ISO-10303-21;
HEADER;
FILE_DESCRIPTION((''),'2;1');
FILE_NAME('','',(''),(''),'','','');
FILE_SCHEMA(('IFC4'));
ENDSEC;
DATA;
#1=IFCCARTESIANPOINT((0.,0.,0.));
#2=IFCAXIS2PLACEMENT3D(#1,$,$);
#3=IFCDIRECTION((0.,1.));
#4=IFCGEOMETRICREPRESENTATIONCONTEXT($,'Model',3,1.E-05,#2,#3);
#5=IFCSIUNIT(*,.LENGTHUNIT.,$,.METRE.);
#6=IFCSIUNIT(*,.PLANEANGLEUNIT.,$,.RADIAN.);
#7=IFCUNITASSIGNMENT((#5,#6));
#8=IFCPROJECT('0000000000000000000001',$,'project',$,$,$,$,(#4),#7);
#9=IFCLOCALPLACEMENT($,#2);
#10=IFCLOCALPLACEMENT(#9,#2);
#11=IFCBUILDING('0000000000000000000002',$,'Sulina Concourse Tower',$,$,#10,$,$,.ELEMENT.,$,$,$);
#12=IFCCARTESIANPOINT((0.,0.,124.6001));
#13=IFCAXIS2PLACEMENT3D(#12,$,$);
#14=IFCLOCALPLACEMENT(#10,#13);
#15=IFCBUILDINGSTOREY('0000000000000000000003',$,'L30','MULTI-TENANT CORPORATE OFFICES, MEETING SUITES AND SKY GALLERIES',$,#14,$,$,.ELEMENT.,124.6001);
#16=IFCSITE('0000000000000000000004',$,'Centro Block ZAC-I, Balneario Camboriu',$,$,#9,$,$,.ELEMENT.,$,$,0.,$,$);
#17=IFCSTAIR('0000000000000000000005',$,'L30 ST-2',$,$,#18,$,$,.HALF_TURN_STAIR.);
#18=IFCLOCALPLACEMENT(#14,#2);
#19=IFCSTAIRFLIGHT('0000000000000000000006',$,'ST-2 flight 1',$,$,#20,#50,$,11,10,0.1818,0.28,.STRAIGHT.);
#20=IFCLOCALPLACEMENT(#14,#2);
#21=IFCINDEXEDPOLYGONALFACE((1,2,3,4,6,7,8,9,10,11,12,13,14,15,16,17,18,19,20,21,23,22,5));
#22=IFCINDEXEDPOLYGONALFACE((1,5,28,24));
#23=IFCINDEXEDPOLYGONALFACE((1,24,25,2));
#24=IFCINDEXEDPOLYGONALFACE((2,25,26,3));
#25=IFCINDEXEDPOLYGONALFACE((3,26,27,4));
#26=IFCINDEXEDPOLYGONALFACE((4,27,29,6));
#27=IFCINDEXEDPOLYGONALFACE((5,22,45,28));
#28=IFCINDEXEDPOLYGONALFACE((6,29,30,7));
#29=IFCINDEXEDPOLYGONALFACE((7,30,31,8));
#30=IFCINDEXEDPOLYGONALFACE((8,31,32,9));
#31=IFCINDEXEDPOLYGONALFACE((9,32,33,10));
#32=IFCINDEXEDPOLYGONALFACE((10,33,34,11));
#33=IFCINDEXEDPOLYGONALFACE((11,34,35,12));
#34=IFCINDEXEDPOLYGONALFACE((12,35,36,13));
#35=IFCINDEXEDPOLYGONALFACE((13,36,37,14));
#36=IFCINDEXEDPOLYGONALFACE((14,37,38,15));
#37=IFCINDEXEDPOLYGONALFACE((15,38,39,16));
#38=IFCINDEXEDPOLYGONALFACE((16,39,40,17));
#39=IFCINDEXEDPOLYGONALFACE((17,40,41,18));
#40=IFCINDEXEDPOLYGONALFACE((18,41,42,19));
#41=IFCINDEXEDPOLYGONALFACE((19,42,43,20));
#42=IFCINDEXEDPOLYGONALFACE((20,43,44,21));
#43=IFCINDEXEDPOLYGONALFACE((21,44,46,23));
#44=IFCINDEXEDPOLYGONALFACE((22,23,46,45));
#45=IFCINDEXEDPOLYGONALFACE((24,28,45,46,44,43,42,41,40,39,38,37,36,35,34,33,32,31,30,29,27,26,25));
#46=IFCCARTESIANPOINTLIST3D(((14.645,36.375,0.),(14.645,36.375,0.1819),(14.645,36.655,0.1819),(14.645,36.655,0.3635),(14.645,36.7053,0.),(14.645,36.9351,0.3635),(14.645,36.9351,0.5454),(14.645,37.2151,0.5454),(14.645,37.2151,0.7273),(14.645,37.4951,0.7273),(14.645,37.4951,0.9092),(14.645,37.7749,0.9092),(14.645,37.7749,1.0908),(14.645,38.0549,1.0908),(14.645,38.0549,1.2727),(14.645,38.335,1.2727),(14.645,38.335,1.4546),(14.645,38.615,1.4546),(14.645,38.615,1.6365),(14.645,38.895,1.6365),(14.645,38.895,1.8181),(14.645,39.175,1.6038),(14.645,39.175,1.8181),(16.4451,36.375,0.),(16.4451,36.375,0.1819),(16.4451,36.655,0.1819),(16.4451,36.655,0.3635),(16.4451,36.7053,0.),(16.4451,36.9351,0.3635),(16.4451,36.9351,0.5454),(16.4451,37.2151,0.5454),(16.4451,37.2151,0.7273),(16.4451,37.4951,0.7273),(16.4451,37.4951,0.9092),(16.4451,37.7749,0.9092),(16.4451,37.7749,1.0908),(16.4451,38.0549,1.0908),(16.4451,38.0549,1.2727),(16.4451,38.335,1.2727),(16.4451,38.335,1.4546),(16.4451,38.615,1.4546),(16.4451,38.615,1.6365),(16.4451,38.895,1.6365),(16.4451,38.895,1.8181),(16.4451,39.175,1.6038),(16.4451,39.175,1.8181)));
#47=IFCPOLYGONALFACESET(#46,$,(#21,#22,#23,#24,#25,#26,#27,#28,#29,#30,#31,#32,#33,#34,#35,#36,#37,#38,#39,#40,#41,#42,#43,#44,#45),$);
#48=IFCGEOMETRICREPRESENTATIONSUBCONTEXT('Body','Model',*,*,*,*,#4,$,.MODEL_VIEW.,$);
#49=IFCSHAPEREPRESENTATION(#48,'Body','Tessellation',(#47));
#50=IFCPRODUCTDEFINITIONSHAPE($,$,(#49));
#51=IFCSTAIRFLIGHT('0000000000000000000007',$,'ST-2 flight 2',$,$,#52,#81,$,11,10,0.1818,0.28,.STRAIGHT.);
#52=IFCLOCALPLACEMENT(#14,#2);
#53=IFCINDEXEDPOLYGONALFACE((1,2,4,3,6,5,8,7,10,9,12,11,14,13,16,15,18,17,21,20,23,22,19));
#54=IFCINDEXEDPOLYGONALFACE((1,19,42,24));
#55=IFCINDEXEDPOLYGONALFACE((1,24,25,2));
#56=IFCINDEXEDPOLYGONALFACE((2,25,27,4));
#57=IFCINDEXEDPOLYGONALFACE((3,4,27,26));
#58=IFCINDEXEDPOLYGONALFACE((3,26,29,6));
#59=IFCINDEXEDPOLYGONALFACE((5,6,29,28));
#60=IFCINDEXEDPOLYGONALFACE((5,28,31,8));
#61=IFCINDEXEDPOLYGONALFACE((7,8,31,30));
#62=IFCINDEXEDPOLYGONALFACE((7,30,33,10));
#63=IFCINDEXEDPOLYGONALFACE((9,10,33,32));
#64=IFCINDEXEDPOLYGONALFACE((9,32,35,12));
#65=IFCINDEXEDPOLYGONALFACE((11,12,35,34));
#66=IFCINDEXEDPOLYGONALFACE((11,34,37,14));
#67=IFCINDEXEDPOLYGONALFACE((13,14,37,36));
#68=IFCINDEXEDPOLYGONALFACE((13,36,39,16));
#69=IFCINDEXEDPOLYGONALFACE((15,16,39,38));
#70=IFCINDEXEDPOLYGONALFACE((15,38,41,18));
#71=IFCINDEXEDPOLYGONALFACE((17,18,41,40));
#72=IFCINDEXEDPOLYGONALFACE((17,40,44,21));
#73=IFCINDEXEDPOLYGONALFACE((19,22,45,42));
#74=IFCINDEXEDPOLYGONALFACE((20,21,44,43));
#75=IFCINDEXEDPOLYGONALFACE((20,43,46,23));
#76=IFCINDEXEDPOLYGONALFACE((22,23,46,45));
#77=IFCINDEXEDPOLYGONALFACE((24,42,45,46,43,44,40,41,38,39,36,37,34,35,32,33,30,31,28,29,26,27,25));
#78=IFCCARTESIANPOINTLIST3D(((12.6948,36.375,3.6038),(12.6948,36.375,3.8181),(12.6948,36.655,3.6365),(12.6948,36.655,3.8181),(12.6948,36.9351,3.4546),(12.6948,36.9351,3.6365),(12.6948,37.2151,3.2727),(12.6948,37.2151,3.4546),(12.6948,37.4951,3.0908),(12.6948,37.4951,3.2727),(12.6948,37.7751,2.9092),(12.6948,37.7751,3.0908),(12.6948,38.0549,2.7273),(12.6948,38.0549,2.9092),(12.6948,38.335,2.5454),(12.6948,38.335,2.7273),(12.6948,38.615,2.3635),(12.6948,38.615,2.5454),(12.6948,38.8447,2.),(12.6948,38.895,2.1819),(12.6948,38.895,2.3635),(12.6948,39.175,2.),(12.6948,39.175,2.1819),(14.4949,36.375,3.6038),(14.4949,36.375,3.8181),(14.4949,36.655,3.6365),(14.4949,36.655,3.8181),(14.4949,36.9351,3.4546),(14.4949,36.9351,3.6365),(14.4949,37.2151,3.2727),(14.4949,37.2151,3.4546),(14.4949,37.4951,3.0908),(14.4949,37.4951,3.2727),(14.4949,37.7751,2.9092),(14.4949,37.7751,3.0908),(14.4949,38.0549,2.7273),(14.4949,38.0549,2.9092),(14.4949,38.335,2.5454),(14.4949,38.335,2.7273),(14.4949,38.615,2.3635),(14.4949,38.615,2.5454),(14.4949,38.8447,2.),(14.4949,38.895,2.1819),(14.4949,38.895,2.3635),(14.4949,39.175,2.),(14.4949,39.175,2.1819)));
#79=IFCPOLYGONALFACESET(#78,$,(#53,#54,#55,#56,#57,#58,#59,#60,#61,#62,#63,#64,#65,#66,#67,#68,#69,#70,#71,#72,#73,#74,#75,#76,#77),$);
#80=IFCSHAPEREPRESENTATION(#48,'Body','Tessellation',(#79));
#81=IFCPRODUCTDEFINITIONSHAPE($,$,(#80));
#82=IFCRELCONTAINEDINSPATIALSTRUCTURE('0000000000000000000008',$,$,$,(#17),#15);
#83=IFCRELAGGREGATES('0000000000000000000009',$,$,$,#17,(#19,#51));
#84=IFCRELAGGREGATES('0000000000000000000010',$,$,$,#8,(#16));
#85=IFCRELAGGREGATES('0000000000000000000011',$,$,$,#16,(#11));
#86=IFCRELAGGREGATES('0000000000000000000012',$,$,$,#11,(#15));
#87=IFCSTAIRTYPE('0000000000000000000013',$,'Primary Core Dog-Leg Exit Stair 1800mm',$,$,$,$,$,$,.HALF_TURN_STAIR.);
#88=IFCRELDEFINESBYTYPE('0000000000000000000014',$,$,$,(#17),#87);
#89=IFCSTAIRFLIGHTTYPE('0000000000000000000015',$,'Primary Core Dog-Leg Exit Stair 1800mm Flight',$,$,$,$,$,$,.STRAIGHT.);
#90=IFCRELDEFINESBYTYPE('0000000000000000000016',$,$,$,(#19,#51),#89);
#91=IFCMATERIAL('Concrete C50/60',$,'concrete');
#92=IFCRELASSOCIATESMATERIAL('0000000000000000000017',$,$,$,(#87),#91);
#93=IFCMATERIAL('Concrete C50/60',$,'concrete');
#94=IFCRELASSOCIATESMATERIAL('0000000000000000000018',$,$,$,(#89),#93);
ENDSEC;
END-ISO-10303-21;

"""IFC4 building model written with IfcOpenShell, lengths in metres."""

from ifc_helpers import new_model, si_unit, direction, frame, origin, place, context, subcontext, project, spatial, polyline, outline, extrude, material, type_object, element, aggregate, save


model = new_model("IFC4")

# Units and contexts
model_context = context("Model", 3, precision=1e-05, world=origin(), true_north=direction((0.0, 1.0)))
body_context = subcontext(model_context, "Body", "Model", "MODEL_VIEW")
ifc_project = project(units=[si_unit("LENGTHUNIT", "METRE"), si_unit("PLANEANGLEUNIT", "RADIAN")], contexts=[model_context])

# Site, building, storey
site_placement = place(None, origin())
site = spatial("IfcSite", under=ifc_project, at=site_placement, Name="Centro Block ZAC-I, Balneario Camboriu", CompositionType="ELEMENT", RefElevation=0.0)
building_placement = place(site_placement, origin())
building = spatial("IfcBuilding", under=site, at=building_placement, Name="Sulina Concourse Tower", CompositionType="ELEMENT")
storey_placement = place(building_placement, frame((0.0, 0.0, 124.6001)))
storey = spatial("IfcBuildingStorey", under=building, at=storey_placement, Name="L30", Description="MULTI-TENANT CORPORATE OFFICES, MEETING SUITES AND SKY GALLERIES", CompositionType="ELEMENT", Elevation=124.6001)

# Stair, stair flights
ifc_material_1 = material(Name="Concrete C50/60", Category="concrete")
stair_type = type_object("IfcStairType", Name="Primary Core Dog-Leg Exit Stair 1800mm", PredefinedType="HALF_TURN_STAIR", material=ifc_material_1)
stair_placement = place(storey_placement, origin())
stair = element("IfcStair", 1, at=stair_placement, inside=storey, type_object=stair_type, Name="L30 ST-2", PredefinedType="HALF_TURN_STAIR")
ifc_material_2 = material(Name="Concrete C50/60", Category="concrete")
stair_flight_type = type_object("IfcStairFlightType", Name="Primary Core Dog-Leg Exit Stair 1800mm Flight", PredefinedType="STRAIGHT", material=ifc_material_2)
stair_flight_1_placement = place(storey_placement, frame((15.5449, 36.375, 0.0), z_axis=(0.0, 0.0, 1.0), x_axis=(0.0, 1.0, 0.0)))
stair_flight_1 = element("IfcStairFlight", 2, at=stair_flight_1_placement, type_object=stair_flight_type, Name="ST-2 flight 1", NumberOfRisers=11, NumberOfTreads=10, PredefinedType="STRAIGHT", RiserHeight=0.1818, TreadLength=0.28, context=body_context, shape_type="SweptSolid", body=[
    extrude(outline(polyline([(0.0, 0.0), (0.0, 0.1819), (0.28, 0.1819), (0.28, 0.3635), (0.5601, 0.3635), (0.5601, 0.5454), (0.8401, 0.5454), (0.8401, 0.7273), (1.1201, 0.7273), (1.1201, 0.9092), (1.3999, 0.9092), (1.3999, 1.0908), (1.6799, 1.0908), (1.6799, 1.2727), (1.96, 1.2727), (1.96, 1.4546), (2.24, 1.4546), (2.24, 1.6365), (2.52, 1.6365), (2.52, 1.8181), (2.8, 1.8181), (2.8, 2.0), (2.8, 1.6038), (0.3303, 0.0), (0.0, 0.0)])), frame((0.0, 0.8999, 0.0), z_axis=(0.0, -1.0, 0.0), x_axis=(1.0, 0.0, 0.0)), (0.0, 0.0, 1.0), 1.8),
])
stair_flight_2_placement = place(storey_placement, frame((13.595, 39.175, 2.0), z_axis=(0.0, 0.0, 1.0), x_axis=(0.0, -1.0, 0.0)))
stair_flight_2 = element("IfcStairFlight", 3, at=stair_flight_2_placement, type_object=stair_flight_type, Name="ST-2 flight 2", NumberOfRisers=11, NumberOfTreads=10, PredefinedType="STRAIGHT", RiserHeight=0.1818, TreadLength=0.28, context=body_context, shape_type="SweptSolid", body=[
    extrude(outline(polyline([(0.0, 0.0), (0.0, 0.1819), (0.28, 0.1819), (0.28, 0.3635), (0.5601, 0.3635), (0.5601, 0.5454), (0.8401, 0.5454), (0.8401, 0.7273), (1.1201, 0.7273), (1.1201, 0.9092), (1.3999, 0.9092), (1.3999, 1.0908), (1.6799, 1.0908), (1.6799, 1.2727), (1.96, 1.2727), (1.96, 1.4546), (2.24, 1.4546), (2.24, 1.6365), (2.52, 1.6365), (2.52, 1.8181), (2.8, 1.8181), (2.8, 2.0), (2.8, 1.6038), (0.3303, 0.0), (0.0, 0.0)])), frame((0.0, 0.8999, 0.0), z_axis=(0.0, -1.0, 0.0), x_axis=(1.0, 0.0, 0.0)), (0.0, 0.0, 1.0), 1.8),
])
aggregate(stair, [stair_flight_1, stair_flight_2])

save(model, "model.ifc")
